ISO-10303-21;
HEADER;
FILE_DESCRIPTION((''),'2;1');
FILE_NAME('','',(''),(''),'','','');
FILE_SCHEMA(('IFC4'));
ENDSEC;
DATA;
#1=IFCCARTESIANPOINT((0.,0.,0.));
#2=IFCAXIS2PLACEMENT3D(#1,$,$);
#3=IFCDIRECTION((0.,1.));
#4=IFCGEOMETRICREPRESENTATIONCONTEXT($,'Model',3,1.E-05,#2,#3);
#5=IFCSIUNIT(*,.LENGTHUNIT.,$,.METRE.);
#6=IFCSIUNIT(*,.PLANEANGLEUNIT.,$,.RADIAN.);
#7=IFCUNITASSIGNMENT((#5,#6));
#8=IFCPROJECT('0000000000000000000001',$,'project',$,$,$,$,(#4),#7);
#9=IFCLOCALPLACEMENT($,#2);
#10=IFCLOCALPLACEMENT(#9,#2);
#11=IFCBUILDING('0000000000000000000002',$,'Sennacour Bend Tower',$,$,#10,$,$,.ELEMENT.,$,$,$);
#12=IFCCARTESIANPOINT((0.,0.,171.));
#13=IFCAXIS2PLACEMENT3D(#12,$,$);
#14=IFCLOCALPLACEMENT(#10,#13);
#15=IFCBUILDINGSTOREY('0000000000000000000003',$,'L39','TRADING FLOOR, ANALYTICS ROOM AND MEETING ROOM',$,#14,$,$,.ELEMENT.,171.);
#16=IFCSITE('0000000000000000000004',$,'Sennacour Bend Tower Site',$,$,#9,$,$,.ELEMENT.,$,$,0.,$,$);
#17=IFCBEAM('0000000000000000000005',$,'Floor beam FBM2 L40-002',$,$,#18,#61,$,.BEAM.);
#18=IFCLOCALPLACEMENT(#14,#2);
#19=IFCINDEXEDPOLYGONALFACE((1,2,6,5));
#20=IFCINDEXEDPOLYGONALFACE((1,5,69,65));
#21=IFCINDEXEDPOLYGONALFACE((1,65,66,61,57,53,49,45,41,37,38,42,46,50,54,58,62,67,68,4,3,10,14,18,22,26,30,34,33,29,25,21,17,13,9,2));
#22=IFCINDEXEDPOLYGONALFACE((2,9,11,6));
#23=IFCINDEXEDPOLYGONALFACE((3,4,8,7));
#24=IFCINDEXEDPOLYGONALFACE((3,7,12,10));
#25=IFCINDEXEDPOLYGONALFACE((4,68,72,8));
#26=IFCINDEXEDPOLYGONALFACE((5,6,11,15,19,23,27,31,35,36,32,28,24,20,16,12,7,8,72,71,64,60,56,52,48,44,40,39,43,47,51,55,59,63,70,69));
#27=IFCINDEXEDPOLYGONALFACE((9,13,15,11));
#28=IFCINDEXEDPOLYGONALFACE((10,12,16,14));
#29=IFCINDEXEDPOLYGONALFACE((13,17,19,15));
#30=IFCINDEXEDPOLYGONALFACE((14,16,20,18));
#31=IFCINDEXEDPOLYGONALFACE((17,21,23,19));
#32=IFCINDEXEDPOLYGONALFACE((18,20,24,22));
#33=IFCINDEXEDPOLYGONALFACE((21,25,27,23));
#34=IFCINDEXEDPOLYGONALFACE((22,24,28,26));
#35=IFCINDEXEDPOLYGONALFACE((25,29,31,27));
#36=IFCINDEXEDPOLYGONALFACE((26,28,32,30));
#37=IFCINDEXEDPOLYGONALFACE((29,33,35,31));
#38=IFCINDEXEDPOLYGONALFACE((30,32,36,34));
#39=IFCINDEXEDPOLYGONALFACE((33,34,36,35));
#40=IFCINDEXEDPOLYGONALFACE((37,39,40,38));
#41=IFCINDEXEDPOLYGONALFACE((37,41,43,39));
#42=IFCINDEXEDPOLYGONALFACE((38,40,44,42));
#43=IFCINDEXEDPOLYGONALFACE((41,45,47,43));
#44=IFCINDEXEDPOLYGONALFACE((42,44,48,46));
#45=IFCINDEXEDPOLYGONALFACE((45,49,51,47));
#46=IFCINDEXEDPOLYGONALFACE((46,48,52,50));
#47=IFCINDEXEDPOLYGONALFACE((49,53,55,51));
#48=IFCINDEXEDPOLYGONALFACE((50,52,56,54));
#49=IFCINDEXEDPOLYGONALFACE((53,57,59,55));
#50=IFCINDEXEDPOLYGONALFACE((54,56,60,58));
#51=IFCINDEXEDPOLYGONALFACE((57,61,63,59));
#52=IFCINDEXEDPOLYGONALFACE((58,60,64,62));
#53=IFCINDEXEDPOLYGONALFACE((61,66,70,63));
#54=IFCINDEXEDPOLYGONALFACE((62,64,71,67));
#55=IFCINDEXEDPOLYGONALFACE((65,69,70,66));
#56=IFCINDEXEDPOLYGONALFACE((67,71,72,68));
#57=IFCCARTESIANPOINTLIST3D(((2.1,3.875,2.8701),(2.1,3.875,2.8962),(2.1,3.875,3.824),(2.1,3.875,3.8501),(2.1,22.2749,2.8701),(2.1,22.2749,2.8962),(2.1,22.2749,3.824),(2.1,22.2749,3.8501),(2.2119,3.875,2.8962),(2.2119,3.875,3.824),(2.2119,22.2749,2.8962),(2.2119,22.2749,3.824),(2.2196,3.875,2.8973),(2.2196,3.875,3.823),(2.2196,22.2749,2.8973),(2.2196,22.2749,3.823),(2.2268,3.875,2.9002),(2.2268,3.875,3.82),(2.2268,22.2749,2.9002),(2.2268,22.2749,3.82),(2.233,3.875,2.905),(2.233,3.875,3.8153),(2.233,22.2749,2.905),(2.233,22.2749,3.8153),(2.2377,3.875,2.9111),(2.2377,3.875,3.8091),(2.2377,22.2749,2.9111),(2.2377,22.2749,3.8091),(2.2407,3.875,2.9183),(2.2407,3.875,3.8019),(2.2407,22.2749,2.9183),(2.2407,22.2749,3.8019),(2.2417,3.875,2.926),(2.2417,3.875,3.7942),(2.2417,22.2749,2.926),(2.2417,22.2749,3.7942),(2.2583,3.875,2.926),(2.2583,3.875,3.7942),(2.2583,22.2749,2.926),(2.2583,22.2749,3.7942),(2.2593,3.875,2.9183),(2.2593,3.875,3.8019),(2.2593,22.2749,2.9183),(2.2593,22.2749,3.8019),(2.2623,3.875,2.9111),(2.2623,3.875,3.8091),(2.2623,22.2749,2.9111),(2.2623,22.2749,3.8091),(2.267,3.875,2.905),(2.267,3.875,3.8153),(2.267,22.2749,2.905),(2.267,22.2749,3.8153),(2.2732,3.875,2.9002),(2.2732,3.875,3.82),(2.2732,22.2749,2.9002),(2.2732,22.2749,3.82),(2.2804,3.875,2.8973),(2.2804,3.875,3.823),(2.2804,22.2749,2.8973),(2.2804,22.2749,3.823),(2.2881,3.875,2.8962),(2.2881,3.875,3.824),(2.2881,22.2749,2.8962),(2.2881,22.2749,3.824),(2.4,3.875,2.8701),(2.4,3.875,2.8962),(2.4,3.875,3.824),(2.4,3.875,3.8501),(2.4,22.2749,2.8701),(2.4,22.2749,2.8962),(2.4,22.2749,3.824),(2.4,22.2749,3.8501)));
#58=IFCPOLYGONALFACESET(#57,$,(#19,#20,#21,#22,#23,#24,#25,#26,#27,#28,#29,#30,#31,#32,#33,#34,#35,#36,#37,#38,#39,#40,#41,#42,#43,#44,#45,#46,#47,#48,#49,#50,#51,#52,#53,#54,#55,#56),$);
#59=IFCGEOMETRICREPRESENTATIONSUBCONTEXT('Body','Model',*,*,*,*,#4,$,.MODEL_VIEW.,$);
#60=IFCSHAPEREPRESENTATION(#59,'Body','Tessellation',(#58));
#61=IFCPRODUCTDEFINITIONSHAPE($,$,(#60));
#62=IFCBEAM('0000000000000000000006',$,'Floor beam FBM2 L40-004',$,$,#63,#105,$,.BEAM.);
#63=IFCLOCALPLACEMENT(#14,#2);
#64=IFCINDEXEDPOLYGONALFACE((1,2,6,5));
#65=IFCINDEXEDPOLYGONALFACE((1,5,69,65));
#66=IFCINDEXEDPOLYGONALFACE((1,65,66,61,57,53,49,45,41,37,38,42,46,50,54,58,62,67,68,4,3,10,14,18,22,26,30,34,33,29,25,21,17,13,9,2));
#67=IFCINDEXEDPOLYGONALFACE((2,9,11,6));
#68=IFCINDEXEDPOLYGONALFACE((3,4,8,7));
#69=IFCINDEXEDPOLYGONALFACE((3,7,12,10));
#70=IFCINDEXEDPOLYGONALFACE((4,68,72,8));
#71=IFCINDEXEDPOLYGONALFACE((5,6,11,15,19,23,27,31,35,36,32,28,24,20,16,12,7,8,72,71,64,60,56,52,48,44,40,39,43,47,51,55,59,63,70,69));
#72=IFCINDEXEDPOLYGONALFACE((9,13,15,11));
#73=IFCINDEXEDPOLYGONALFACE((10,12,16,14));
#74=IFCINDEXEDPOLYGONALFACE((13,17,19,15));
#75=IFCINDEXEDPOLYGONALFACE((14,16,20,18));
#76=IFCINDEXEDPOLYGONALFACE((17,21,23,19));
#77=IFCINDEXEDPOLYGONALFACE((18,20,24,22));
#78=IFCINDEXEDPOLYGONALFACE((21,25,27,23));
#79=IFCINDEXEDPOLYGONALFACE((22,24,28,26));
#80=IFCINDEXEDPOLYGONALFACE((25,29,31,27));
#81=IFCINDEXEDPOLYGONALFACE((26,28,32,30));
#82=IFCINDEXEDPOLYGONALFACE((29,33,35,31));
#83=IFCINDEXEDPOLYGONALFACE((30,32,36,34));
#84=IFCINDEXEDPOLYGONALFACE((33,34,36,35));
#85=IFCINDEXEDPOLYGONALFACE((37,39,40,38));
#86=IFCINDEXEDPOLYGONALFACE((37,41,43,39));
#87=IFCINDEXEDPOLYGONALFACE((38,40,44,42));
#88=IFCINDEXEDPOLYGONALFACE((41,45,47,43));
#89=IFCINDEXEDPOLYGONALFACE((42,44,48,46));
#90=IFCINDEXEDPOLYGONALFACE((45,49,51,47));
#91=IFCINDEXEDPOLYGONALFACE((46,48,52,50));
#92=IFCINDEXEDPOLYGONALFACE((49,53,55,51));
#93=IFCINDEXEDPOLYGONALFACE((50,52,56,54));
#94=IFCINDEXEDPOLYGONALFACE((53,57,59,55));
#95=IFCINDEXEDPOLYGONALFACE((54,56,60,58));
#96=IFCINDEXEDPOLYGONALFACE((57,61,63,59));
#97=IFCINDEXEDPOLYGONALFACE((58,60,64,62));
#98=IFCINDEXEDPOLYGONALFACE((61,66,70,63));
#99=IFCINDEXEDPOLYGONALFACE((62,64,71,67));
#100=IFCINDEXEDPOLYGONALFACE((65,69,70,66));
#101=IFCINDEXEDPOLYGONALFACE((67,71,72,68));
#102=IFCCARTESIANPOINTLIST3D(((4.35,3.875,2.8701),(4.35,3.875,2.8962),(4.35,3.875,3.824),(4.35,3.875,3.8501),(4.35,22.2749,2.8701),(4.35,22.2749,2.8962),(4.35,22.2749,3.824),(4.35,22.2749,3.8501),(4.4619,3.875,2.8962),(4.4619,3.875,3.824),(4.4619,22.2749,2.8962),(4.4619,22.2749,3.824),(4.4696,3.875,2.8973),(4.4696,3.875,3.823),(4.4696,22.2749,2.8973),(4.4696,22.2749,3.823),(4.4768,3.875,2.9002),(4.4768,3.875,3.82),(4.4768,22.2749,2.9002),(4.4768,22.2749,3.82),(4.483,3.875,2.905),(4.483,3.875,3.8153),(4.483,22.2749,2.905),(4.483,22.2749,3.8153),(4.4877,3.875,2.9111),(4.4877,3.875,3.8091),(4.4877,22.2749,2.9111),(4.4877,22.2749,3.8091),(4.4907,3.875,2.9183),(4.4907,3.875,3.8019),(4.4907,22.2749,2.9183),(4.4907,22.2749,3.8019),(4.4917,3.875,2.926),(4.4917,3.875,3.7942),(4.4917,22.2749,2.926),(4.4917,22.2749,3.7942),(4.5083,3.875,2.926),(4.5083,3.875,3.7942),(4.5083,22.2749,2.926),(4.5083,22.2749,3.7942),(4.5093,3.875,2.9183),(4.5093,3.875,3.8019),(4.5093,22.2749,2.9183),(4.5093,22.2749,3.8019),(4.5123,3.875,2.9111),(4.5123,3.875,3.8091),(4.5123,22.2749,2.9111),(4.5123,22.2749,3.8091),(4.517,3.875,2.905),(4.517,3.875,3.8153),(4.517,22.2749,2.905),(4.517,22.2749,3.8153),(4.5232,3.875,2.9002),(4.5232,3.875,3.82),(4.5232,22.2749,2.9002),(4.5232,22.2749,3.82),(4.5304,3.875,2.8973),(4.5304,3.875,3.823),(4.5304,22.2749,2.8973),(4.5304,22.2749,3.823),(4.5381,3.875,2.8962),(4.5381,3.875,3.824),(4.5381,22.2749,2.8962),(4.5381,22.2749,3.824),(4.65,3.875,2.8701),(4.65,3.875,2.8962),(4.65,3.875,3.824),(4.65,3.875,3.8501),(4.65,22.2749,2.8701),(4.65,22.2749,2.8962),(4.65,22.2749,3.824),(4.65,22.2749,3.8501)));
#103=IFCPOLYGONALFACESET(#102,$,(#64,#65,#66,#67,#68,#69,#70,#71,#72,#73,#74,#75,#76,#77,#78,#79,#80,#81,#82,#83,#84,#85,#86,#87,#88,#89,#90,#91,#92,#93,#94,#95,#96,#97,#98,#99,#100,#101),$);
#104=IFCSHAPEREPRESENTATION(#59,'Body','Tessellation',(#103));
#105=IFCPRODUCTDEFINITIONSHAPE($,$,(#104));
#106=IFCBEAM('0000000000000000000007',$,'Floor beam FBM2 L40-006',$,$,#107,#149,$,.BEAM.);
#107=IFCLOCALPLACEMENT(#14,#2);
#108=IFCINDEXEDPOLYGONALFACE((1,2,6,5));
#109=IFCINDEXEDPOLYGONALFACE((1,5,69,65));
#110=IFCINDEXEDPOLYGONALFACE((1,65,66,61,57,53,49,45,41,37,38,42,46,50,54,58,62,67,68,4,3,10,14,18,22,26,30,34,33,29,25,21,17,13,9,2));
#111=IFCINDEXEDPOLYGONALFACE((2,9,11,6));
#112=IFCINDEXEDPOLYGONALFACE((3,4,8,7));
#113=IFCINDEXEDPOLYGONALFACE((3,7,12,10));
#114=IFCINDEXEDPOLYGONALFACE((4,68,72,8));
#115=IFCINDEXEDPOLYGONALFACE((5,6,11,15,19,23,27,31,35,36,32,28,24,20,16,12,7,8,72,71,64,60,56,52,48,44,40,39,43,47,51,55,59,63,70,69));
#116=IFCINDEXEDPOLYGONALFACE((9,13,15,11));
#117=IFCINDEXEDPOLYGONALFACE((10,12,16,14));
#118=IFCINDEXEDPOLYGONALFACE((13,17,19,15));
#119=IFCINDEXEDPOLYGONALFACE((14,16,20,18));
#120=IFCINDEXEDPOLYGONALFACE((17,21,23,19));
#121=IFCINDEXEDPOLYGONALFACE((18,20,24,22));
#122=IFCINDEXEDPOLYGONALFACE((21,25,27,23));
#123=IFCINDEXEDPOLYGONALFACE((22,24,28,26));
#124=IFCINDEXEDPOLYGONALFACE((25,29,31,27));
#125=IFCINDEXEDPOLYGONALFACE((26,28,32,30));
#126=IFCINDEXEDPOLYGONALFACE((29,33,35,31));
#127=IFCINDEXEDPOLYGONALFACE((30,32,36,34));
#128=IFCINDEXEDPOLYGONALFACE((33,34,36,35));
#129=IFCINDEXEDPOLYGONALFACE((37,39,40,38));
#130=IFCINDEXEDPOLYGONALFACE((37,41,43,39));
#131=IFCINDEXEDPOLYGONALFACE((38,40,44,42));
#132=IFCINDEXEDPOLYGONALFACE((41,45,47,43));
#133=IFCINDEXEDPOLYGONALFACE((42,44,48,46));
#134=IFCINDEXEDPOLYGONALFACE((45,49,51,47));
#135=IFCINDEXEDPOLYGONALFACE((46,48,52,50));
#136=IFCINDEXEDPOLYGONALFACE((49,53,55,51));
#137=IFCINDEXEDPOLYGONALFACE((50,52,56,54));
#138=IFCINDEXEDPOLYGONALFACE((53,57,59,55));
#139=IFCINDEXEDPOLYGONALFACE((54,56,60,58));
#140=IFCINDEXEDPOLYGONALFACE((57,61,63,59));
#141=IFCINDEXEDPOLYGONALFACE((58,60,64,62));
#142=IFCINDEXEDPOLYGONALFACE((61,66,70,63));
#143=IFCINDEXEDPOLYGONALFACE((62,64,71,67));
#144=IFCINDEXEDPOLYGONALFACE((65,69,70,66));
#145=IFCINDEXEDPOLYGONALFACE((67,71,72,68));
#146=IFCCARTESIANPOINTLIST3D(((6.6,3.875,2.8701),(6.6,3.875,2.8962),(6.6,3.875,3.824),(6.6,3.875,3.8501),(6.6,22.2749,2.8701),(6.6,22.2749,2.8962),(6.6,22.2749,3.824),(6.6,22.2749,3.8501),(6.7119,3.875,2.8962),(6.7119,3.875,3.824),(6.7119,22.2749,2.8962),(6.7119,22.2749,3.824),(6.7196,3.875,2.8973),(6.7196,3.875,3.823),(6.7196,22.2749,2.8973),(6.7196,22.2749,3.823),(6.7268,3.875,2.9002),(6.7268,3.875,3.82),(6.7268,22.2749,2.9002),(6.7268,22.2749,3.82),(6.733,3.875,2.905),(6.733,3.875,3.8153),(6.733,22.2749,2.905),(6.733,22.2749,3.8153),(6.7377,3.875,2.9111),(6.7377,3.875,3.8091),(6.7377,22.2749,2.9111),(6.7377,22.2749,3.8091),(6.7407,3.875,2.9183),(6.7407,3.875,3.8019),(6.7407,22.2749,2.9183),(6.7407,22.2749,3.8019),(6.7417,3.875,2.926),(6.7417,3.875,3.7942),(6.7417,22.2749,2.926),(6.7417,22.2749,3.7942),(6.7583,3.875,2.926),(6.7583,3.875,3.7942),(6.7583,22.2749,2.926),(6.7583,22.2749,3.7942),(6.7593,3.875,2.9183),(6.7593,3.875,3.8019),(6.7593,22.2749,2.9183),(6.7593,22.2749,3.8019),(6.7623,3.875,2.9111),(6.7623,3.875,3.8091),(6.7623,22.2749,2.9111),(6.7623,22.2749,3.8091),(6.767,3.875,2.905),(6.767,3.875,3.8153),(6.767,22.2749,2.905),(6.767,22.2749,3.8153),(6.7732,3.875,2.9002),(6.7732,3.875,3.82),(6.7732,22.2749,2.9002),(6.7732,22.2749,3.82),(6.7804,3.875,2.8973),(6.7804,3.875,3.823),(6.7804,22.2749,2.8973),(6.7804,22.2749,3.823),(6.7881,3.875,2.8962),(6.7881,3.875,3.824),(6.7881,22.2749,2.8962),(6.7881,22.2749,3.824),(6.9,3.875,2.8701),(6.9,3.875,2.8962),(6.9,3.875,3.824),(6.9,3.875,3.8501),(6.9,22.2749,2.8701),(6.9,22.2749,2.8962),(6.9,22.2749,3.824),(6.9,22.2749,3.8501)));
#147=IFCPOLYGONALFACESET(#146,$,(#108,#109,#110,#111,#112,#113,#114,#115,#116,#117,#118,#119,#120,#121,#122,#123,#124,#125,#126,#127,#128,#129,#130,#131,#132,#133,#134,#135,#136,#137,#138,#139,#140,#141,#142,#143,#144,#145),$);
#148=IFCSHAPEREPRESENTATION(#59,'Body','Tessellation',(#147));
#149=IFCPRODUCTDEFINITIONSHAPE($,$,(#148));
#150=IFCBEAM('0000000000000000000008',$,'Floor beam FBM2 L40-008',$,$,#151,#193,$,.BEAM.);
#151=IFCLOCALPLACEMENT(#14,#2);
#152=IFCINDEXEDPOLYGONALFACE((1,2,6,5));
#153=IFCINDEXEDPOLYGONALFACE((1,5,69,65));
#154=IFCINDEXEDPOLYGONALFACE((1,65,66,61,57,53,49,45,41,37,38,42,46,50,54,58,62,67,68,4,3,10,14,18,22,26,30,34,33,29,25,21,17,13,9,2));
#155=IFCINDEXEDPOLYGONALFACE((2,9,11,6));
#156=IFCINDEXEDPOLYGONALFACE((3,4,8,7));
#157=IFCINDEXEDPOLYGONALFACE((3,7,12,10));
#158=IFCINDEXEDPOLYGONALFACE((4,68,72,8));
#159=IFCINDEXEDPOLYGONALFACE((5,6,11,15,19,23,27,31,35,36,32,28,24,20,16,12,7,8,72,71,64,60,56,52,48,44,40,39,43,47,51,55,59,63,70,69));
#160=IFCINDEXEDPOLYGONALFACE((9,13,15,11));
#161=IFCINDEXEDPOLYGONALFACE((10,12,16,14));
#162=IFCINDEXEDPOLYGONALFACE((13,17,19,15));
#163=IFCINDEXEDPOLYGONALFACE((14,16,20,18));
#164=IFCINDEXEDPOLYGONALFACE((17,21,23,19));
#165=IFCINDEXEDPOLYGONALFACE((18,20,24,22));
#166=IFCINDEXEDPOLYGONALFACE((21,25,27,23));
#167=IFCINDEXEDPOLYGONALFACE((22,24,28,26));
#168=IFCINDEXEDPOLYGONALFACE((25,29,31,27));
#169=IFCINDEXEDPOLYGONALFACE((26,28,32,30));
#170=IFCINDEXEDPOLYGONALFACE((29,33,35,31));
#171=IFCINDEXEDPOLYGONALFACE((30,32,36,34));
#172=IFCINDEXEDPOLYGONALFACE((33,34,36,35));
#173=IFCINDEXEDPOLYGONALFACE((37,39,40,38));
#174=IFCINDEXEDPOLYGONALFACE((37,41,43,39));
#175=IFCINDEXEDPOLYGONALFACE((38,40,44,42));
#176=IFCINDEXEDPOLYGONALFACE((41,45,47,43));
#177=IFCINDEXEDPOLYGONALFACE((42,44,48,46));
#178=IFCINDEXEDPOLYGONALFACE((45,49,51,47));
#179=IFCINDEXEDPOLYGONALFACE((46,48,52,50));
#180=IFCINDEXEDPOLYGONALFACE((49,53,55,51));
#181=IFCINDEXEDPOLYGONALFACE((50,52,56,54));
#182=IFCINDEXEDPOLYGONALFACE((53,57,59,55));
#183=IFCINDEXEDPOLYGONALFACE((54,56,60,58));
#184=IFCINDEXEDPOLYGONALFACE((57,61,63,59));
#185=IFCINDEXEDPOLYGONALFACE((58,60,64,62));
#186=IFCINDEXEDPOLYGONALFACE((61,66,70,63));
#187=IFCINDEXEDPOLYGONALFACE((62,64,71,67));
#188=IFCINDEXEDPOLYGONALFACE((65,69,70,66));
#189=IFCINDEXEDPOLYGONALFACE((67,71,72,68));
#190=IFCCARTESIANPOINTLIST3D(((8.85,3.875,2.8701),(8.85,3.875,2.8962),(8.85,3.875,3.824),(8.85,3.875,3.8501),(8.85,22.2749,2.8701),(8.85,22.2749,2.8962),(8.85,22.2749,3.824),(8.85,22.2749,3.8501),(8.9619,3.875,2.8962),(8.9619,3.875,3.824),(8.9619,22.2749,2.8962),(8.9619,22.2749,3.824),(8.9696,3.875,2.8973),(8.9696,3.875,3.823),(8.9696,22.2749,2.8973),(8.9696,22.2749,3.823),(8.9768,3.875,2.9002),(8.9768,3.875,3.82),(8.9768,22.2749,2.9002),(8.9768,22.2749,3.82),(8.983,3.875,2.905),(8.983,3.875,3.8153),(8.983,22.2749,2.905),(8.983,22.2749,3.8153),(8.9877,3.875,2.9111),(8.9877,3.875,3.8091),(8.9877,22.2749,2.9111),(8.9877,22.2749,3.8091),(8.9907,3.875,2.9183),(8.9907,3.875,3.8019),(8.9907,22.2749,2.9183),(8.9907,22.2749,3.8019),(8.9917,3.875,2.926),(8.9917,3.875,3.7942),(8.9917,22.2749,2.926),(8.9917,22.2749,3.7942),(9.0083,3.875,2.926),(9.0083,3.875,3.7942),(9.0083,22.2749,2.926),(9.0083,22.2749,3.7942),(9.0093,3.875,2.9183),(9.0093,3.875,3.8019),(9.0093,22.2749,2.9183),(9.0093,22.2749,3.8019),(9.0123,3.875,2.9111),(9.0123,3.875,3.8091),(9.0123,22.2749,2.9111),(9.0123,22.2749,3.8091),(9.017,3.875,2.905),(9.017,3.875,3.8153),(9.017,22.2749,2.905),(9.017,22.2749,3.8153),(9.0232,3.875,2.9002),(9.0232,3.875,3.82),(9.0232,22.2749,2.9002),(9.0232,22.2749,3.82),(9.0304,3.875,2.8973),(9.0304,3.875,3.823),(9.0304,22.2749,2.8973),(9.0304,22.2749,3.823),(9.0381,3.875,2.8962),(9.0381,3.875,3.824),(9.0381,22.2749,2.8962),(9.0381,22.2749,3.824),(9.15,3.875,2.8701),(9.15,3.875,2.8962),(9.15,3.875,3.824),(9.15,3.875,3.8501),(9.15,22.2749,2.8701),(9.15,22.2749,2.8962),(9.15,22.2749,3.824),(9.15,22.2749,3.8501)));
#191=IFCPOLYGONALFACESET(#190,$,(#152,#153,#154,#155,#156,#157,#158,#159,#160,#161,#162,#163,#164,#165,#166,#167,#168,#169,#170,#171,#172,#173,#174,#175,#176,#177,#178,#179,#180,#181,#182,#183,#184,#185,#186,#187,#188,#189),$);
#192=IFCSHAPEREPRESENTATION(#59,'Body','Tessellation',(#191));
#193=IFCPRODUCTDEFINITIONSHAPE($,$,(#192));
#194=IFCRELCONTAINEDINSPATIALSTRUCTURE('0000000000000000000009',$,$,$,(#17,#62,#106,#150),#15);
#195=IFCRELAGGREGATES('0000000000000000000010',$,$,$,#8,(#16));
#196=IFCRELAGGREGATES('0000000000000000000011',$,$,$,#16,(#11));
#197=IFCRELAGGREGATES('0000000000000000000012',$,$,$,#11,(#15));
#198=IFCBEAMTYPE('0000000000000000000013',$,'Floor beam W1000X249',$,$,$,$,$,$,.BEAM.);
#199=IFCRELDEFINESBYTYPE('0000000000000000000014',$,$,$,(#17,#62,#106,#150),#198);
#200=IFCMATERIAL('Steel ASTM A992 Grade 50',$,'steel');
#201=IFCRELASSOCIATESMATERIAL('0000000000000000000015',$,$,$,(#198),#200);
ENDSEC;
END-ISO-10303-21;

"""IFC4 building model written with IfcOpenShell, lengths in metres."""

from ifc_helpers import new_model, si_unit, direction, frame, origin, origin_2d, place, context, subcontext, project, spatial, i_section, extrude, material, material_profile, profile_set, type_object, element, save


model = new_model("IFC4")

# Units and contexts
model_context = context("Model", 3, precision=1e-05, world=origin(), true_north=direction((0.0, 1.0)))
body_context = subcontext(model_context, "Body", "Model", "MODEL_VIEW")
ifc_project = project(units=[si_unit("LENGTHUNIT", "METRE"), si_unit("PLANEANGLEUNIT", "RADIAN")], contexts=[model_context])

# Site, building, storey
site_placement = place(None, origin())
site = spatial("IfcSite", under=ifc_project, at=site_placement, Name="Sennacour Bend Tower Site", CompositionType="ELEMENT", RefElevation=0.0)
building_placement = place(site_placement, origin())
building = spatial("IfcBuilding", under=site, at=building_placement, Name="Sennacour Bend Tower", CompositionType="ELEMENT")
storey_placement = place(building_placement, frame((0.0, 0.0, 171.0)))
storey = spatial("IfcBuildingStorey", under=building, at=storey_placement, Name="L39", Description="TRADING FLOOR, ANALYTICS ROOM AND MEETING ROOM", CompositionType="ELEMENT", Elevation=171.0)

# Beams
ifc_material_1 = material(Name="Steel ASTM A992 Grade 50", Category="steel")
ifc_material_profile = material_profile(ifc_material_1, i_section(OverallWidth=0.3, OverallDepth=0.98, WebThickness=0.0166, FlangeThickness=0.0261, FilletRadius=0.0298, at=origin_2d()), Name="Steel ASTM A992 Grade 50", Category="steel")
ifc_profile_set = profile_set([ifc_material_profile], Name="Steel ASTM A992 Grade 50")
beam_type = type_object("IfcBeamType", Name="Floor beam W1000X249", PredefinedType="BEAM", material=ifc_profile_set)
for number, where, z_axis, x_axis, name in (
    (1, (2.25, 3.875, 3.3601), (0.0, 1.0, 0.0), (-1.0, 0.0, 0.0), "Floor beam FBM2 L40-002"),
    (2, (4.5, 3.875, 3.3601), (0.0, 1.0, 0.0), (-1.0, 0.0, 0.0), "Floor beam FBM2 L40-004"),
    (3, (6.75, 3.875, 3.3601), (0.0, 1.0, 0.0), (-1.0, 0.0, 0.0), "Floor beam FBM2 L40-006"),
    (4, (9.0, 3.875, 3.3601), (0.0, 1.0, 0.0), (-1.0, 0.0, 0.0), "Floor beam FBM2 L40-008"),
):
    element("IfcBeam", number, at=place(storey_placement, frame(where, z_axis=z_axis, x_axis=x_axis)), inside=storey, type_object=beam_type, Name=name, PredefinedType="BEAM", context=body_context, shape_type="SweptSolid", body=[
        extrude(i_section(OverallWidth=0.3, OverallDepth=0.98, WebThickness=0.0166, FlangeThickness=0.0261, FilletRadius=0.0298, at=origin_2d()), origin(), (0.0, 0.0, 1.0), 18.3999),
    ])

save(model, "model.ifc")
